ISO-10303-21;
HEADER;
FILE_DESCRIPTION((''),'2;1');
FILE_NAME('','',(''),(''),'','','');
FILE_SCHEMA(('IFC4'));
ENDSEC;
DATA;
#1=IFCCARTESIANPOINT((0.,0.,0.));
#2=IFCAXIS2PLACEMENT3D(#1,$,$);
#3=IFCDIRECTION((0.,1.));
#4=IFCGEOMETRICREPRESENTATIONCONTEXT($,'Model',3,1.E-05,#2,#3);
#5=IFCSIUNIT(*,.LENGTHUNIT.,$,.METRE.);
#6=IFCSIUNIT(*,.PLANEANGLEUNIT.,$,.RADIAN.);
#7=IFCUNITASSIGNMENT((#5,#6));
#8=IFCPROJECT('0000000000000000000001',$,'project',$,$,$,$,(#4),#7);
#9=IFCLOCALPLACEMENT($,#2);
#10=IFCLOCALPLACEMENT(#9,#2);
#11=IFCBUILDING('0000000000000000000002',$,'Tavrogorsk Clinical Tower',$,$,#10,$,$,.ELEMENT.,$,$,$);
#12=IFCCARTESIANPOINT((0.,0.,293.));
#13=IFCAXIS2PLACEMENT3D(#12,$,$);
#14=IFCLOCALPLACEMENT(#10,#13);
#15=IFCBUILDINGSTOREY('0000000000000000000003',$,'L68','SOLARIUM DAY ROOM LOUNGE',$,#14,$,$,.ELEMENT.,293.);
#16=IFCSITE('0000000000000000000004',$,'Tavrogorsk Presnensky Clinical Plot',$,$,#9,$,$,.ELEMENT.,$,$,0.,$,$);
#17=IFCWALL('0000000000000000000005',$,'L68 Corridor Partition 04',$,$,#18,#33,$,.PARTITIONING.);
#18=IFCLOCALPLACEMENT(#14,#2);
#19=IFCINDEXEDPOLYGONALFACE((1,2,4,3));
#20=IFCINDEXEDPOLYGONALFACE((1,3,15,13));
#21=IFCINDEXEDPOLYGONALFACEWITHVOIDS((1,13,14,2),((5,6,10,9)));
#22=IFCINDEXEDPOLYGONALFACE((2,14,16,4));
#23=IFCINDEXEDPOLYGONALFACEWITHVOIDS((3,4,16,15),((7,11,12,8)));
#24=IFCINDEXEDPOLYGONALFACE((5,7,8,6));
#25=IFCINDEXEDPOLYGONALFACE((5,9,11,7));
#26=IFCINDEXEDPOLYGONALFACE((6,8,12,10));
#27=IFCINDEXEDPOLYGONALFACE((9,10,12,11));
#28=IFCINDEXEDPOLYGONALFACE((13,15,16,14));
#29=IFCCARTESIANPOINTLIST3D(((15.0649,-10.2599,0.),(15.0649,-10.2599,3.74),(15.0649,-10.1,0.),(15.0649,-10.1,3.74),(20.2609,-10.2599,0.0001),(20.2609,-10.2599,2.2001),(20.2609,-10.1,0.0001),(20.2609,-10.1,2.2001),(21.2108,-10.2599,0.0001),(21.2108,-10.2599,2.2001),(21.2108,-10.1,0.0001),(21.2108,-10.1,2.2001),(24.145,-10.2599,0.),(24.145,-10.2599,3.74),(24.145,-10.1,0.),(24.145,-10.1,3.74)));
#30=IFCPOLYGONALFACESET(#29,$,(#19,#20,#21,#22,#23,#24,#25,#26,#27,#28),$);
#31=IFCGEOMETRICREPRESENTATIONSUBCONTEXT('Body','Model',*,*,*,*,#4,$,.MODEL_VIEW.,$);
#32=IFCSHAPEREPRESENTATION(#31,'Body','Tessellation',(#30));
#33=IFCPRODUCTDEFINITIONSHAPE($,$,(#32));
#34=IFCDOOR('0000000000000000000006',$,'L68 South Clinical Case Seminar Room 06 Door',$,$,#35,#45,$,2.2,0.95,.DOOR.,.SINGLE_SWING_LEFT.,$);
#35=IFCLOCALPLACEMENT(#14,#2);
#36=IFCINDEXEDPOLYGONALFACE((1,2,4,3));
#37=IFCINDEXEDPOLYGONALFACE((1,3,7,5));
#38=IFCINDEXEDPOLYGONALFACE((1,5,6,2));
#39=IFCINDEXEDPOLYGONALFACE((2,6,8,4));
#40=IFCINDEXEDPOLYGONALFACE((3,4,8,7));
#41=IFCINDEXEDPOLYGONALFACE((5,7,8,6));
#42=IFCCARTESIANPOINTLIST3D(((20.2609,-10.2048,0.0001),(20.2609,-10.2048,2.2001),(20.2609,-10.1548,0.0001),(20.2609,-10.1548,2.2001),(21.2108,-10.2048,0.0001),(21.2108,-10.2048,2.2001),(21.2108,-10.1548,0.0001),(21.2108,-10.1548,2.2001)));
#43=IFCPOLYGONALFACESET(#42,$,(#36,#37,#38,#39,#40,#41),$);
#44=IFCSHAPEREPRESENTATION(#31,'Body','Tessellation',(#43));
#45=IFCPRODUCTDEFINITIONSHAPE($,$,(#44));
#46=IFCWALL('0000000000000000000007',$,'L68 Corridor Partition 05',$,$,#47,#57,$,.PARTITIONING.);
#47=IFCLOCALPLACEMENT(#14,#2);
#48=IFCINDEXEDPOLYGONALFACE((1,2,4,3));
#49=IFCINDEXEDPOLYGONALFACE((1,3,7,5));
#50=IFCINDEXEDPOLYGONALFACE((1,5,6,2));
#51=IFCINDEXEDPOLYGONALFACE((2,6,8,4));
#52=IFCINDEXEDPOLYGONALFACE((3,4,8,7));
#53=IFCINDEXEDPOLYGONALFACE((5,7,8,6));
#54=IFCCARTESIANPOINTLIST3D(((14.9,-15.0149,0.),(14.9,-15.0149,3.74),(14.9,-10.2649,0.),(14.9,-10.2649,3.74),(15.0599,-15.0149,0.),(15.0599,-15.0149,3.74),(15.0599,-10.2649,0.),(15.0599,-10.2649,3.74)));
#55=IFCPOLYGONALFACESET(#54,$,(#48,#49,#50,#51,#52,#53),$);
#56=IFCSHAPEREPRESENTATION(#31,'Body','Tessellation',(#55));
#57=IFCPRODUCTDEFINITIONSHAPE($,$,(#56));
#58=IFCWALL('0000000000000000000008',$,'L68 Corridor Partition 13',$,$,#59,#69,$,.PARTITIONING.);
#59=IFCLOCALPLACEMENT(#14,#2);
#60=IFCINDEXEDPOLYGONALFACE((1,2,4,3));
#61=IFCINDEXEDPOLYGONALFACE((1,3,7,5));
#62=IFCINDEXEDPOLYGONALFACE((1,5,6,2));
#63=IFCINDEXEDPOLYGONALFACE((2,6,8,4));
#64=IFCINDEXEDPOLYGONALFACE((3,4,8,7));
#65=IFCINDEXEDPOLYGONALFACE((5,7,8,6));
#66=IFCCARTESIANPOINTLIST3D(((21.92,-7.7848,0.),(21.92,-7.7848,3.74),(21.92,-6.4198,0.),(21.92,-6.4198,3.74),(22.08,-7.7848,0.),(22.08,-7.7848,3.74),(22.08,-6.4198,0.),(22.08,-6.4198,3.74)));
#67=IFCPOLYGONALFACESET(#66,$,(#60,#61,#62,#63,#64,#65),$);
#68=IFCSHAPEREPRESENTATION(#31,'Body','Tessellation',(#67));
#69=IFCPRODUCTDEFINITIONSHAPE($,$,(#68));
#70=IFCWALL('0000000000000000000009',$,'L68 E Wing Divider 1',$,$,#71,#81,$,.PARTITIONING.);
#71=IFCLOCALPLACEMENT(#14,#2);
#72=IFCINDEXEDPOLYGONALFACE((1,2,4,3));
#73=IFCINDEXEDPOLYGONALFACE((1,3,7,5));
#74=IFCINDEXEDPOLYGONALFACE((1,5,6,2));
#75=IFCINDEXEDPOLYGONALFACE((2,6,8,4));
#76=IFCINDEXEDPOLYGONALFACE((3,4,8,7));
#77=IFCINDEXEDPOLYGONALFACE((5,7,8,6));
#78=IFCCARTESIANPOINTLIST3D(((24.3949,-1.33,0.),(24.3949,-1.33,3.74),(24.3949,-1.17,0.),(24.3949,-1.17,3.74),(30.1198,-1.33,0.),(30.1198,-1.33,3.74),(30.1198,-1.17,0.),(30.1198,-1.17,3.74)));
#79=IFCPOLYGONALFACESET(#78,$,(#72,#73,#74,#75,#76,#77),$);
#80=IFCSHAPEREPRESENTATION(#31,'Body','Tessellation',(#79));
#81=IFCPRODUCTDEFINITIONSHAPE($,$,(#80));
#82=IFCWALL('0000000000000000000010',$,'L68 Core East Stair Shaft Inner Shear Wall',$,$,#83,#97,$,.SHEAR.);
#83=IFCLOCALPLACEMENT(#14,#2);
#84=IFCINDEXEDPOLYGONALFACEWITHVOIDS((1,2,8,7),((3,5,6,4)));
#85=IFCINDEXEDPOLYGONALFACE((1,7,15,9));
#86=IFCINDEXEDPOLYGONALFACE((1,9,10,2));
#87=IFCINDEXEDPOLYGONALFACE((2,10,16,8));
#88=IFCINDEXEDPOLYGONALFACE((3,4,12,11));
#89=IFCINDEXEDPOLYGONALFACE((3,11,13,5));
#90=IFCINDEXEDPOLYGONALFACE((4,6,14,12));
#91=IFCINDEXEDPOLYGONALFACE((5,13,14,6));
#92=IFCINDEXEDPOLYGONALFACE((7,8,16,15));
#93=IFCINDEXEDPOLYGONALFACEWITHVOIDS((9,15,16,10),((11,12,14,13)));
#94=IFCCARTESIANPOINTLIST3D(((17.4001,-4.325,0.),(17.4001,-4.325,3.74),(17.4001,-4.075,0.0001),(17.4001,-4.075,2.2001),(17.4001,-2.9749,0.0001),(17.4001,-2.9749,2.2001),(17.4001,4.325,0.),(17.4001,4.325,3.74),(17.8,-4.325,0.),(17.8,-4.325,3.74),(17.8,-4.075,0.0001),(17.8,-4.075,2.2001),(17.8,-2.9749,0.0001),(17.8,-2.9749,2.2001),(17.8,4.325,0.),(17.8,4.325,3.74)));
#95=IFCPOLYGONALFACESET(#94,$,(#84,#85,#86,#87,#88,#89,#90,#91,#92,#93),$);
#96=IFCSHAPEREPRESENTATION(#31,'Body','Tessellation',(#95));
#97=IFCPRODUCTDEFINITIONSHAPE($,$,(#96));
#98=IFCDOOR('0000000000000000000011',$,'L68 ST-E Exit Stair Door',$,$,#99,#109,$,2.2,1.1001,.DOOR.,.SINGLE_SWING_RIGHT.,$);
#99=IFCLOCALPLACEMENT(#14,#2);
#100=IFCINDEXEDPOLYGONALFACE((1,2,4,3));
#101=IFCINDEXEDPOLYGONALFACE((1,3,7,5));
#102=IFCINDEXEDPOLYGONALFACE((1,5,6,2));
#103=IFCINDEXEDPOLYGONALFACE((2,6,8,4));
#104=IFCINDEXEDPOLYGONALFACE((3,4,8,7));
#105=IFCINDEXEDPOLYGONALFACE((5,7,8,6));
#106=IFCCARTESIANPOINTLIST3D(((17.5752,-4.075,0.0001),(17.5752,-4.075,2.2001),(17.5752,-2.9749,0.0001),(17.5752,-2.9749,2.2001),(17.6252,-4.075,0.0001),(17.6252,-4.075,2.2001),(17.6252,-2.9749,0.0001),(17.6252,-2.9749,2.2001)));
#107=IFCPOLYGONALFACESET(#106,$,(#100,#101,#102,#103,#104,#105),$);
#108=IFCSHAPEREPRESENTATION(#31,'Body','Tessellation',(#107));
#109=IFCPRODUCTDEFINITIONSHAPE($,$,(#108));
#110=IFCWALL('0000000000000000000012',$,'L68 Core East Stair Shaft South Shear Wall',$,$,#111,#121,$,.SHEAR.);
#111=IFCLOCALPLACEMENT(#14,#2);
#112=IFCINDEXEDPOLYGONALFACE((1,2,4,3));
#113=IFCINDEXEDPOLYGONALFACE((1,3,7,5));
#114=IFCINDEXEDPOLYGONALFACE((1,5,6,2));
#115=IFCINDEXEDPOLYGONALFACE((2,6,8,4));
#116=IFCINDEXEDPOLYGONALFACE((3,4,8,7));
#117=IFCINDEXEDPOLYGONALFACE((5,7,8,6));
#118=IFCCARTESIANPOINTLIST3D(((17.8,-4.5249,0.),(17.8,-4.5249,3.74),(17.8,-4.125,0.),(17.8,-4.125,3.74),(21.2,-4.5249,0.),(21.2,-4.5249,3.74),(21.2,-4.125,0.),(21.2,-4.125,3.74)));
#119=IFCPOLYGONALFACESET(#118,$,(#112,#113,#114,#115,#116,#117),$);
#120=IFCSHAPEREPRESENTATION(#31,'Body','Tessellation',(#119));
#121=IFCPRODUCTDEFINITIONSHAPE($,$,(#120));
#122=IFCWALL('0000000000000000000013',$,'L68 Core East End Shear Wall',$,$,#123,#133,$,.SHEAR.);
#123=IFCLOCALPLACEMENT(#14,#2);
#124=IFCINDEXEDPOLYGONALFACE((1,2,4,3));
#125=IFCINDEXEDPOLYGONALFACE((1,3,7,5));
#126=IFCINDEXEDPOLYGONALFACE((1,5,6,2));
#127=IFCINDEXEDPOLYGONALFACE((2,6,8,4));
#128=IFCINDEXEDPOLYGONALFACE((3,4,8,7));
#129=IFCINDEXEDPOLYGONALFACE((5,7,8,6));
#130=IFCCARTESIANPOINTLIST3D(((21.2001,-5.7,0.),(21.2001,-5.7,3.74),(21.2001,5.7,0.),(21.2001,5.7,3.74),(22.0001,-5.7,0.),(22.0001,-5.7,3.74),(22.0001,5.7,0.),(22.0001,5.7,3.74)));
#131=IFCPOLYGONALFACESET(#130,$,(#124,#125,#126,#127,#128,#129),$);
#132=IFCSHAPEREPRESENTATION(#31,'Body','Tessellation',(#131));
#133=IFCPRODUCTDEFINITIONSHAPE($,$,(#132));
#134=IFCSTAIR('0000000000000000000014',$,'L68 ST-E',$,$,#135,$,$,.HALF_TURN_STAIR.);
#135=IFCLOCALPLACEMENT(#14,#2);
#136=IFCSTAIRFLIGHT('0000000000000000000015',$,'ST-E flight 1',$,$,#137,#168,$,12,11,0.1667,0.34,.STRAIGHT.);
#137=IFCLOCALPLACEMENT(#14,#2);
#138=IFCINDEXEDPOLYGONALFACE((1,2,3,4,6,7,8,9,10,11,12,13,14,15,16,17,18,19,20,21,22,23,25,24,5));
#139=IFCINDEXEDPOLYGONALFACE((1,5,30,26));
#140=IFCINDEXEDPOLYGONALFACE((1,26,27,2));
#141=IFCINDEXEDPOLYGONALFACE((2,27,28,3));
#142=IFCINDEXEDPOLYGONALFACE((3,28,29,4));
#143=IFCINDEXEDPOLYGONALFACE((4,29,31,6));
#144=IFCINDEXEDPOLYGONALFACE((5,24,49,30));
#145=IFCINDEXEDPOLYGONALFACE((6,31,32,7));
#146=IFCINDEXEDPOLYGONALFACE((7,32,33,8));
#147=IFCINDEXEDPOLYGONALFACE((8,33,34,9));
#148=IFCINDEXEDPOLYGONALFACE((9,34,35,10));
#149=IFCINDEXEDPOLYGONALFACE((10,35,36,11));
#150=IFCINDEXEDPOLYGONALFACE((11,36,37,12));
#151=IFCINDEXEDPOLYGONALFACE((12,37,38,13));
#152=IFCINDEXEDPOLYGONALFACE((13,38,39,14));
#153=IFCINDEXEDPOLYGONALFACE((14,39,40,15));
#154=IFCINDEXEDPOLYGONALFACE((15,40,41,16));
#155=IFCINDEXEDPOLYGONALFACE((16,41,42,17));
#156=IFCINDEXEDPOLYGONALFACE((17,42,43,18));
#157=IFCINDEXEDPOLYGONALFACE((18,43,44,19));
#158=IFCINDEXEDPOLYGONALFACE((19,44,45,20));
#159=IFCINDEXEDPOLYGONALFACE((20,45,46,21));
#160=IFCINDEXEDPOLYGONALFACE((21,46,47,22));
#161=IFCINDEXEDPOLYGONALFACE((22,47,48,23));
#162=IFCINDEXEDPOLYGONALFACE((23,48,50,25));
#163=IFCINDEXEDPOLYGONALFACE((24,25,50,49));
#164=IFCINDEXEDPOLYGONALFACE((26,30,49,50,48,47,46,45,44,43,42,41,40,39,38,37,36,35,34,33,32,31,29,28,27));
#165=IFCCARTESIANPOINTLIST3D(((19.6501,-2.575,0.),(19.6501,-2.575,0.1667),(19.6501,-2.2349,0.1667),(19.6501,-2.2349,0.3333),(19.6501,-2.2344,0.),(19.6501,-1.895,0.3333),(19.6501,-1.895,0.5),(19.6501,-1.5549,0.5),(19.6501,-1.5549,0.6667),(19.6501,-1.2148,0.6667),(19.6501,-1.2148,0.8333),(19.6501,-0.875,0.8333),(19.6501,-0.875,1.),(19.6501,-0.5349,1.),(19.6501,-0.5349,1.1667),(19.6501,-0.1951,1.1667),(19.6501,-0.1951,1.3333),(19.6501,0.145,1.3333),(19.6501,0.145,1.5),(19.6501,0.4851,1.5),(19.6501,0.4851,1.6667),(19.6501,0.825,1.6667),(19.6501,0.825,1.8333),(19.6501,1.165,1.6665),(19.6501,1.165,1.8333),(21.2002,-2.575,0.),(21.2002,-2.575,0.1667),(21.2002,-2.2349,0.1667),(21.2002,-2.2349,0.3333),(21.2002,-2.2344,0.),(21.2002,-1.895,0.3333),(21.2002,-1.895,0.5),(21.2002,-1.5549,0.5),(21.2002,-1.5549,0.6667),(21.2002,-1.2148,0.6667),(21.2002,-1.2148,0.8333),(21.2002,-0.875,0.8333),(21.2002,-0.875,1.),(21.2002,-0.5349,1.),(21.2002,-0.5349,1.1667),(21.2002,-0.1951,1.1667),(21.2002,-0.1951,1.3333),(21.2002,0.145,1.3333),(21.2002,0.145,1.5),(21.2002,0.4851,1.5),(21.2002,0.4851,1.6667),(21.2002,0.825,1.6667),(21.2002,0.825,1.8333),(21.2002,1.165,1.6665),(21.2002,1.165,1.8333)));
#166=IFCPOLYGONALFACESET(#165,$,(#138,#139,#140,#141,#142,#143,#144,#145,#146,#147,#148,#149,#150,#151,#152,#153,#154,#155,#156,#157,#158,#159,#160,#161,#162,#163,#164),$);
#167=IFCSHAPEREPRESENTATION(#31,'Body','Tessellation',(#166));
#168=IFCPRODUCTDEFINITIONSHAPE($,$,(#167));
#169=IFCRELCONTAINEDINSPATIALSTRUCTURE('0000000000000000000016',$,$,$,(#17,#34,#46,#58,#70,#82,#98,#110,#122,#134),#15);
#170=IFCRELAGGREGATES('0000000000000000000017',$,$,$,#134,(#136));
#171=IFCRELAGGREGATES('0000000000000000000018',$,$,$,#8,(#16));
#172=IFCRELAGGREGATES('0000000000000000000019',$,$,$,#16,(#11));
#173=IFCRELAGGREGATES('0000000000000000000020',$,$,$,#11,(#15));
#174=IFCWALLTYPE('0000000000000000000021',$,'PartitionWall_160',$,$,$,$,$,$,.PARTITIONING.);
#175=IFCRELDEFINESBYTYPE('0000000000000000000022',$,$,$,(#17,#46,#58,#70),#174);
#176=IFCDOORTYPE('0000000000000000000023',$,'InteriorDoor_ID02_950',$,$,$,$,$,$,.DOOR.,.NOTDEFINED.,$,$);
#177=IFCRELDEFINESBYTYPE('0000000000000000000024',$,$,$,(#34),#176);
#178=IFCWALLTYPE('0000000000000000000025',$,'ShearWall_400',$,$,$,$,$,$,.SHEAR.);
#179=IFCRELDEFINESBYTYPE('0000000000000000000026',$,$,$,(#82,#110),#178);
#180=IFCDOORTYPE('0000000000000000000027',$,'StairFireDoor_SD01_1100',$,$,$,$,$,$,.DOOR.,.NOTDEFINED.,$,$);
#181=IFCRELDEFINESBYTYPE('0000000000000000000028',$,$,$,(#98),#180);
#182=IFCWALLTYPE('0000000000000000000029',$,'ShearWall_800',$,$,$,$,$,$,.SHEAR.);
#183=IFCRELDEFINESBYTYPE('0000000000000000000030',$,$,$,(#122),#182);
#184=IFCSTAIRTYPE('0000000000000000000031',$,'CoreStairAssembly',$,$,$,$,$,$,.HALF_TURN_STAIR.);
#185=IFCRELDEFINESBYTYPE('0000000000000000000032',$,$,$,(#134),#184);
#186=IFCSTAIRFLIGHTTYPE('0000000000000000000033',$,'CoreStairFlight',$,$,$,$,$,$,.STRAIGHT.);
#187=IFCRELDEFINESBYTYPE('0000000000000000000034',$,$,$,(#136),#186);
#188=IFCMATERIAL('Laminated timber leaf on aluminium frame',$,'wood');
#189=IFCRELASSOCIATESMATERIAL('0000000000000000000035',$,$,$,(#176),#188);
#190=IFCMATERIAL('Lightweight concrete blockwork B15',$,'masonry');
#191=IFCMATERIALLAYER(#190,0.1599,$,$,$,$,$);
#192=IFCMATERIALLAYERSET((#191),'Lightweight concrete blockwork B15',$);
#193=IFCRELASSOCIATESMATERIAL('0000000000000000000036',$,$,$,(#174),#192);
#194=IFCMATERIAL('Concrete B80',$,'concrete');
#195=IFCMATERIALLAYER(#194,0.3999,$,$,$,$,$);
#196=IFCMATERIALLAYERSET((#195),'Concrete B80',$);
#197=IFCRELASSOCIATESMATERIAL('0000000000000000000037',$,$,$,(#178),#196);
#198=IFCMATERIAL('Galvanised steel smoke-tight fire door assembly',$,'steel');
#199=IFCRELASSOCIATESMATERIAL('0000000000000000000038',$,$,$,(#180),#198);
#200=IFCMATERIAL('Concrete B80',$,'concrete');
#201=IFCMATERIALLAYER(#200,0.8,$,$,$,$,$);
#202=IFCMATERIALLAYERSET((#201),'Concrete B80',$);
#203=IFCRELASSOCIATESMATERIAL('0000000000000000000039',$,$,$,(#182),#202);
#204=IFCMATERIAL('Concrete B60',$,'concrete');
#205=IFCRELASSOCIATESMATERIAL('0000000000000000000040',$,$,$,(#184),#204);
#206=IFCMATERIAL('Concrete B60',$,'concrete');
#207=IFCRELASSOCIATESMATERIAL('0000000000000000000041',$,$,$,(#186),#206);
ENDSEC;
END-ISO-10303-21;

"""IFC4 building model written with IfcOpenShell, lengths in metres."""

from ifc_helpers import new_model, si_unit, direction, frame, frame_2d, origin, place, context, subcontext, project, spatial, polyline, rectangle, outline, extrude, material, layer, layer_set, type_object, element, fill, aggregate, save


model = new_model("IFC4")

# Units and contexts
model_context = context("Model", 3, precision=1e-05, world=origin(), true_north=direction((0.0, 1.0)))
body_context = subcontext(model_context, "Body", "Model", "MODEL_VIEW")
ifc_project = project(units=[si_unit("LENGTHUNIT", "METRE"), si_unit("PLANEANGLEUNIT", "RADIAN")], contexts=[model_context])

# Site, building, storey
site_placement = place(None, origin())
site = spatial("IfcSite", under=ifc_project, at=site_placement, Name="Tavrogorsk Presnensky Clinical Plot", CompositionType="ELEMENT", RefElevation=0.0)
building_placement = place(site_placement, origin())
building = spatial("IfcBuilding", under=site, at=building_placement, Name="Tavrogorsk Clinical Tower", CompositionType="ELEMENT")
storey_placement = place(building_placement, frame((0.0, 0.0, 293.0)))
storey = spatial("IfcBuildingStorey", under=building, at=storey_placement, Name="L68", Description="SOLARIUM DAY ROOM LOUNGE", CompositionType="ELEMENT", Elevation=293.0)

# Wall, opening, door
ifc_material_1 = material(Name="Laminated timber leaf on aluminium frame", Category="wood")
door_type_1 = type_object("IfcDoorType", Name="InteriorDoor_ID02_950", OperationType="NOTDEFINED", PredefinedType="DOOR", material=ifc_material_1)
ifc_material_2 = material(Name="Lightweight concrete blockwork B15", Category="masonry")
ifc_layer_1 = layer(ifc_material_2, 0.1599)
ifc_layer_set_1 = layer_set([ifc_layer_1], Name="Lightweight concrete blockwork B15")
wall_type_1 = type_object("IfcWallType", Name="PartitionWall_160", PredefinedType="PARTITIONING", material=ifc_layer_set_1)
wall_1_placement = place(storey_placement, frame((24.145, -10.1799, 0.0), z_axis=(0.0, 0.0, 1.0), x_axis=(-1.0, 0.0, 0.0)))
wall_1 = element("IfcWall", 1, at=wall_1_placement, inside=storey, type_object=wall_type_1, Name="L68 Corridor Partition 04", PredefinedType="PARTITIONING", context=body_context, shape_type="SweptSolid", body=[
    extrude(rectangle(XDim=9.0801, YDim=0.1599, at=frame_2d((4.54, 0.0))), origin(), (0.0, 0.0, 1.0), 3.74),
])
opening_1_placement = place(wall_1_placement, frame((2.9341, 0.0, 0.0)))
opening_1 = element("IfcOpeningElement", 2, at=opening_1_placement, cuts=wall_1, PredefinedType="OPENING", context=body_context, shape_type="SweptSolid", body=[
    extrude(rectangle(XDim=0.95, YDim=2.2, at=frame_2d((0.4751, 1.1001))), frame((0.0, 0.0898, 0.0), z_axis=(0.0, -1.0, 0.0), x_axis=(1.0, 0.0, 0.0)), (0.0, 0.0, 1.0), 0.1799),
])
door_1_placement = place(opening_1_placement, origin())
door_1 = element("IfcDoor", 3, at=door_1_placement, inside=storey, type_object=door_type_1, Name="L68 South Clinical Case Seminar Room 06 Door", OperationType="SINGLE_SWING_LEFT", OverallHeight=2.2, OverallWidth=0.95, PredefinedType="DOOR", context=body_context, shape_type="SweptSolid", body=[
    extrude(rectangle(XDim=0.95, YDim=2.2, at=frame_2d((0.4751, 1.1001))), frame((0.0, 0.0249, 0.0), z_axis=(0.0, -1.0, 0.0), x_axis=(1.0, 0.0, 0.0)), (0.0, 0.0, 1.0), 0.05),
])
fill(opening_1, door_1)

# Walls
wall_2_placement = place(storey_placement, frame((14.98, -10.2649, 0.0), z_axis=(0.0, 0.0, 1.0), x_axis=(0.0, -1.0, 0.0)))
element("IfcWall", 4, at=wall_2_placement, inside=storey, type_object=wall_type_1, Name="L68 Corridor Partition 05", PredefinedType="PARTITIONING", context=body_context, shape_type="SweptSolid", body=[
    extrude(rectangle(XDim=4.75, YDim=0.1599, at=frame_2d((2.375, 0.0))), origin(), (0.0, 0.0, 1.0), 3.74),
])
wall_3_placement = place(storey_placement, frame((22.0, -7.7849, 0.0), z_axis=(0.0, 0.0, 1.0), x_axis=(0.0, 1.0, 0.0)))
element("IfcWall", 5, at=wall_3_placement, inside=storey, type_object=wall_type_1, Name="L68 Corridor Partition 13", PredefinedType="PARTITIONING", context=body_context, shape_type="SweptSolid", body=[
    extrude(rectangle(XDim=1.365, YDim=0.1599, at=frame_2d((0.6826, 0.0))), origin(), (0.0, 0.0, 1.0), 3.74),
])
wall_4_placement = place(storey_placement, frame((24.395, -1.25, 0.0), z_axis=(0.0, 0.0, 1.0), x_axis=(1.0, 0.0, 0.0)))
element("IfcWall", 6, at=wall_4_placement, inside=storey, type_object=wall_type_1, Name="L68 E Wing Divider 1", PredefinedType="PARTITIONING", context=body_context, shape_type="SweptSolid", body=[
    extrude(rectangle(XDim=5.7249, YDim=0.1599, at=frame_2d((2.8623, 0.0))), origin(), (0.0, 0.0, 1.0), 3.74),
])

# Wall, opening, door
ifc_material_3 = material(Name="Concrete B80", Category="concrete")
ifc_layer_2 = layer(ifc_material_3, 0.3999)
ifc_layer_set_2 = layer_set([ifc_layer_2], Name="Concrete B80")
wall_type_2 = type_object("IfcWallType", Name="ShearWall_400", PredefinedType="SHEAR", material=ifc_layer_set_2)
wall_5_placement = place(storey_placement, frame((17.6001, -4.325, 0.0), z_axis=(0.0, 0.0, 1.0), x_axis=(0.0, 1.0, 0.0)))
wall_5 = element("IfcWall", 7, at=wall_5_placement, inside=storey, type_object=wall_type_2, Name="L68 Core East Stair Shaft Inner Shear Wall", PredefinedType="SHEAR", context=body_context, shape_type="SweptSolid", body=[
    extrude(rectangle(XDim=8.6499, YDim=0.3999, at=frame_2d((4.325, 0.0))), origin(), (0.0, 0.0, 1.0), 3.74),
])
opening_2_placement = place(wall_5_placement, frame((0.25, 0.0, 0.0)))
opening_2 = element("IfcOpeningElement", 8, at=opening_2_placement, cuts=wall_5, PredefinedType="OPENING", context=body_context, shape_type="SweptSolid", body=[
    extrude(rectangle(XDim=1.1001, YDim=2.2, at=frame_2d((0.55, 1.1001))), frame((0.0, 0.21, 0.0), z_axis=(0.0, -1.0, 0.0), x_axis=(1.0, 0.0, 0.0)), (0.0, 0.0, 1.0), 0.4199),
])
ifc_material_4 = material(Name="Galvanised steel smoke-tight fire door assembly", Category="steel")
door_type_2 = type_object("IfcDoorType", Name="StairFireDoor_SD01_1100", OperationType="NOTDEFINED", PredefinedType="DOOR", material=ifc_material_4)
door_2_placement = place(opening_2_placement, origin())
door_2 = element("IfcDoor", 9, at=door_2_placement, inside=storey, type_object=door_type_2, Name="L68 ST-E Exit Stair Door", OperationType="SINGLE_SWING_RIGHT", OverallHeight=2.2, OverallWidth=1.1001, PredefinedType="DOOR", context=body_context, shape_type="SweptSolid", body=[
    extrude(rectangle(XDim=1.1001, YDim=2.2, at=frame_2d((0.55, 1.1001))), frame((0.0, 0.0249, 0.0), z_axis=(0.0, -1.0, 0.0), x_axis=(1.0, 0.0, 0.0)), (0.0, 0.0, 1.0), 0.05),
])
fill(opening_2, door_2)

# Walls
wall_6_placement = place(storey_placement, frame((17.8, -4.325, 0.0), z_axis=(0.0, 0.0, 1.0), x_axis=(1.0, 0.0, 0.0)))
element("IfcWall", 10, at=wall_6_placement, inside=storey, type_object=wall_type_2, Name="L68 Core East Stair Shaft South Shear Wall", PredefinedType="SHEAR", context=body_context, shape_type="SweptSolid", body=[
    extrude(rectangle(XDim=3.3999, YDim=0.3999, at=frame_2d((1.7, 0.0))), origin(), (0.0, 0.0, 1.0), 3.74),
])
ifc_material_5 = material(Name="Concrete B80", Category="concrete")
ifc_layer_3 = layer(ifc_material_5, 0.8)
ifc_layer_set_3 = layer_set([ifc_layer_3], Name="Concrete B80")
wall_type_3 = type_object("IfcWallType", Name="ShearWall_800", PredefinedType="SHEAR", material=ifc_layer_set_3)
wall_7_placement = place(storey_placement, frame((21.6001, -5.7, 0.0), z_axis=(0.0, 0.0, 1.0), x_axis=(0.0, 1.0, 0.0)))
element("IfcWall", 11, at=wall_7_placement, inside=storey, type_object=wall_type_3, Name="L68 Core East End Shear Wall", PredefinedType="SHEAR", context=body_context, shape_type="SweptSolid", body=[
    extrude(rectangle(XDim=11.3999, YDim=0.8, at=frame_2d((5.7, 0.0))), origin(), (0.0, 0.0, 1.0), 3.74),
])

# Stair, stair flight
ifc_material_6 = material(Name="Concrete B60", Category="concrete")
stair_type = type_object("IfcStairType", Name="CoreStairAssembly", PredefinedType="HALF_TURN_STAIR", material=ifc_material_6)
stair_placement = place(storey_placement, origin())
stair = element("IfcStair", 12, at=stair_placement, inside=storey, type_object=stair_type, Name="L68 ST-E", PredefinedType="HALF_TURN_STAIR")
ifc_material_7 = material(Name="Concrete B60", Category="concrete")
stair_flight_type = type_object("IfcStairFlightType", Name="CoreStairFlight", PredefinedType="STRAIGHT", material=ifc_material_7)
stair_flight_placement = place(storey_placement, frame((20.425, -2.575, 0.0), z_axis=(0.0, 0.0, 1.0), x_axis=(0.0, 1.0, 0.0)))
stair_flight = element("IfcStairFlight", 13, at=stair_flight_placement, type_object=stair_flight_type, Name="ST-E flight 1", NumberOfRisers=12, NumberOfTreads=11, PredefinedType="STRAIGHT", RiserHeight=0.1667, TreadLength=0.34, context=body_context, shape_type="SweptSolid", body=[
    extrude(outline(polyline([(0.0, 0.0), (0.0, 0.1667), (0.3401, 0.1667), (0.3401, 0.3333), (0.6799, 0.3333), (0.6799, 0.5), (1.02, 0.5), (1.02, 0.6667), (1.3601, 0.6667), (1.3601, 0.8333), (1.7, 0.8333), (1.7, 1.0), (2.04, 1.0), (2.04, 1.1667), (2.3799, 1.1667), (2.3799, 1.3333), (2.72, 1.3333), (2.72, 1.5), (3.0601, 1.5), (3.0601, 1.6667), (3.3999, 1.6667), (3.3999, 1.8333), (3.74, 1.8333), (3.74, 2.0), (3.74, 1.6665), (0.3406, 0.0), (0.0, 0.0)])), frame((0.0, 0.7749, 0.0), z_axis=(0.0, -1.0, 0.0), x_axis=(1.0, 0.0, 0.0)), (0.0, 0.0, 1.0), 1.55),
])
aggregate(stair, [stair_flight])

save(model, "model.ifc")
